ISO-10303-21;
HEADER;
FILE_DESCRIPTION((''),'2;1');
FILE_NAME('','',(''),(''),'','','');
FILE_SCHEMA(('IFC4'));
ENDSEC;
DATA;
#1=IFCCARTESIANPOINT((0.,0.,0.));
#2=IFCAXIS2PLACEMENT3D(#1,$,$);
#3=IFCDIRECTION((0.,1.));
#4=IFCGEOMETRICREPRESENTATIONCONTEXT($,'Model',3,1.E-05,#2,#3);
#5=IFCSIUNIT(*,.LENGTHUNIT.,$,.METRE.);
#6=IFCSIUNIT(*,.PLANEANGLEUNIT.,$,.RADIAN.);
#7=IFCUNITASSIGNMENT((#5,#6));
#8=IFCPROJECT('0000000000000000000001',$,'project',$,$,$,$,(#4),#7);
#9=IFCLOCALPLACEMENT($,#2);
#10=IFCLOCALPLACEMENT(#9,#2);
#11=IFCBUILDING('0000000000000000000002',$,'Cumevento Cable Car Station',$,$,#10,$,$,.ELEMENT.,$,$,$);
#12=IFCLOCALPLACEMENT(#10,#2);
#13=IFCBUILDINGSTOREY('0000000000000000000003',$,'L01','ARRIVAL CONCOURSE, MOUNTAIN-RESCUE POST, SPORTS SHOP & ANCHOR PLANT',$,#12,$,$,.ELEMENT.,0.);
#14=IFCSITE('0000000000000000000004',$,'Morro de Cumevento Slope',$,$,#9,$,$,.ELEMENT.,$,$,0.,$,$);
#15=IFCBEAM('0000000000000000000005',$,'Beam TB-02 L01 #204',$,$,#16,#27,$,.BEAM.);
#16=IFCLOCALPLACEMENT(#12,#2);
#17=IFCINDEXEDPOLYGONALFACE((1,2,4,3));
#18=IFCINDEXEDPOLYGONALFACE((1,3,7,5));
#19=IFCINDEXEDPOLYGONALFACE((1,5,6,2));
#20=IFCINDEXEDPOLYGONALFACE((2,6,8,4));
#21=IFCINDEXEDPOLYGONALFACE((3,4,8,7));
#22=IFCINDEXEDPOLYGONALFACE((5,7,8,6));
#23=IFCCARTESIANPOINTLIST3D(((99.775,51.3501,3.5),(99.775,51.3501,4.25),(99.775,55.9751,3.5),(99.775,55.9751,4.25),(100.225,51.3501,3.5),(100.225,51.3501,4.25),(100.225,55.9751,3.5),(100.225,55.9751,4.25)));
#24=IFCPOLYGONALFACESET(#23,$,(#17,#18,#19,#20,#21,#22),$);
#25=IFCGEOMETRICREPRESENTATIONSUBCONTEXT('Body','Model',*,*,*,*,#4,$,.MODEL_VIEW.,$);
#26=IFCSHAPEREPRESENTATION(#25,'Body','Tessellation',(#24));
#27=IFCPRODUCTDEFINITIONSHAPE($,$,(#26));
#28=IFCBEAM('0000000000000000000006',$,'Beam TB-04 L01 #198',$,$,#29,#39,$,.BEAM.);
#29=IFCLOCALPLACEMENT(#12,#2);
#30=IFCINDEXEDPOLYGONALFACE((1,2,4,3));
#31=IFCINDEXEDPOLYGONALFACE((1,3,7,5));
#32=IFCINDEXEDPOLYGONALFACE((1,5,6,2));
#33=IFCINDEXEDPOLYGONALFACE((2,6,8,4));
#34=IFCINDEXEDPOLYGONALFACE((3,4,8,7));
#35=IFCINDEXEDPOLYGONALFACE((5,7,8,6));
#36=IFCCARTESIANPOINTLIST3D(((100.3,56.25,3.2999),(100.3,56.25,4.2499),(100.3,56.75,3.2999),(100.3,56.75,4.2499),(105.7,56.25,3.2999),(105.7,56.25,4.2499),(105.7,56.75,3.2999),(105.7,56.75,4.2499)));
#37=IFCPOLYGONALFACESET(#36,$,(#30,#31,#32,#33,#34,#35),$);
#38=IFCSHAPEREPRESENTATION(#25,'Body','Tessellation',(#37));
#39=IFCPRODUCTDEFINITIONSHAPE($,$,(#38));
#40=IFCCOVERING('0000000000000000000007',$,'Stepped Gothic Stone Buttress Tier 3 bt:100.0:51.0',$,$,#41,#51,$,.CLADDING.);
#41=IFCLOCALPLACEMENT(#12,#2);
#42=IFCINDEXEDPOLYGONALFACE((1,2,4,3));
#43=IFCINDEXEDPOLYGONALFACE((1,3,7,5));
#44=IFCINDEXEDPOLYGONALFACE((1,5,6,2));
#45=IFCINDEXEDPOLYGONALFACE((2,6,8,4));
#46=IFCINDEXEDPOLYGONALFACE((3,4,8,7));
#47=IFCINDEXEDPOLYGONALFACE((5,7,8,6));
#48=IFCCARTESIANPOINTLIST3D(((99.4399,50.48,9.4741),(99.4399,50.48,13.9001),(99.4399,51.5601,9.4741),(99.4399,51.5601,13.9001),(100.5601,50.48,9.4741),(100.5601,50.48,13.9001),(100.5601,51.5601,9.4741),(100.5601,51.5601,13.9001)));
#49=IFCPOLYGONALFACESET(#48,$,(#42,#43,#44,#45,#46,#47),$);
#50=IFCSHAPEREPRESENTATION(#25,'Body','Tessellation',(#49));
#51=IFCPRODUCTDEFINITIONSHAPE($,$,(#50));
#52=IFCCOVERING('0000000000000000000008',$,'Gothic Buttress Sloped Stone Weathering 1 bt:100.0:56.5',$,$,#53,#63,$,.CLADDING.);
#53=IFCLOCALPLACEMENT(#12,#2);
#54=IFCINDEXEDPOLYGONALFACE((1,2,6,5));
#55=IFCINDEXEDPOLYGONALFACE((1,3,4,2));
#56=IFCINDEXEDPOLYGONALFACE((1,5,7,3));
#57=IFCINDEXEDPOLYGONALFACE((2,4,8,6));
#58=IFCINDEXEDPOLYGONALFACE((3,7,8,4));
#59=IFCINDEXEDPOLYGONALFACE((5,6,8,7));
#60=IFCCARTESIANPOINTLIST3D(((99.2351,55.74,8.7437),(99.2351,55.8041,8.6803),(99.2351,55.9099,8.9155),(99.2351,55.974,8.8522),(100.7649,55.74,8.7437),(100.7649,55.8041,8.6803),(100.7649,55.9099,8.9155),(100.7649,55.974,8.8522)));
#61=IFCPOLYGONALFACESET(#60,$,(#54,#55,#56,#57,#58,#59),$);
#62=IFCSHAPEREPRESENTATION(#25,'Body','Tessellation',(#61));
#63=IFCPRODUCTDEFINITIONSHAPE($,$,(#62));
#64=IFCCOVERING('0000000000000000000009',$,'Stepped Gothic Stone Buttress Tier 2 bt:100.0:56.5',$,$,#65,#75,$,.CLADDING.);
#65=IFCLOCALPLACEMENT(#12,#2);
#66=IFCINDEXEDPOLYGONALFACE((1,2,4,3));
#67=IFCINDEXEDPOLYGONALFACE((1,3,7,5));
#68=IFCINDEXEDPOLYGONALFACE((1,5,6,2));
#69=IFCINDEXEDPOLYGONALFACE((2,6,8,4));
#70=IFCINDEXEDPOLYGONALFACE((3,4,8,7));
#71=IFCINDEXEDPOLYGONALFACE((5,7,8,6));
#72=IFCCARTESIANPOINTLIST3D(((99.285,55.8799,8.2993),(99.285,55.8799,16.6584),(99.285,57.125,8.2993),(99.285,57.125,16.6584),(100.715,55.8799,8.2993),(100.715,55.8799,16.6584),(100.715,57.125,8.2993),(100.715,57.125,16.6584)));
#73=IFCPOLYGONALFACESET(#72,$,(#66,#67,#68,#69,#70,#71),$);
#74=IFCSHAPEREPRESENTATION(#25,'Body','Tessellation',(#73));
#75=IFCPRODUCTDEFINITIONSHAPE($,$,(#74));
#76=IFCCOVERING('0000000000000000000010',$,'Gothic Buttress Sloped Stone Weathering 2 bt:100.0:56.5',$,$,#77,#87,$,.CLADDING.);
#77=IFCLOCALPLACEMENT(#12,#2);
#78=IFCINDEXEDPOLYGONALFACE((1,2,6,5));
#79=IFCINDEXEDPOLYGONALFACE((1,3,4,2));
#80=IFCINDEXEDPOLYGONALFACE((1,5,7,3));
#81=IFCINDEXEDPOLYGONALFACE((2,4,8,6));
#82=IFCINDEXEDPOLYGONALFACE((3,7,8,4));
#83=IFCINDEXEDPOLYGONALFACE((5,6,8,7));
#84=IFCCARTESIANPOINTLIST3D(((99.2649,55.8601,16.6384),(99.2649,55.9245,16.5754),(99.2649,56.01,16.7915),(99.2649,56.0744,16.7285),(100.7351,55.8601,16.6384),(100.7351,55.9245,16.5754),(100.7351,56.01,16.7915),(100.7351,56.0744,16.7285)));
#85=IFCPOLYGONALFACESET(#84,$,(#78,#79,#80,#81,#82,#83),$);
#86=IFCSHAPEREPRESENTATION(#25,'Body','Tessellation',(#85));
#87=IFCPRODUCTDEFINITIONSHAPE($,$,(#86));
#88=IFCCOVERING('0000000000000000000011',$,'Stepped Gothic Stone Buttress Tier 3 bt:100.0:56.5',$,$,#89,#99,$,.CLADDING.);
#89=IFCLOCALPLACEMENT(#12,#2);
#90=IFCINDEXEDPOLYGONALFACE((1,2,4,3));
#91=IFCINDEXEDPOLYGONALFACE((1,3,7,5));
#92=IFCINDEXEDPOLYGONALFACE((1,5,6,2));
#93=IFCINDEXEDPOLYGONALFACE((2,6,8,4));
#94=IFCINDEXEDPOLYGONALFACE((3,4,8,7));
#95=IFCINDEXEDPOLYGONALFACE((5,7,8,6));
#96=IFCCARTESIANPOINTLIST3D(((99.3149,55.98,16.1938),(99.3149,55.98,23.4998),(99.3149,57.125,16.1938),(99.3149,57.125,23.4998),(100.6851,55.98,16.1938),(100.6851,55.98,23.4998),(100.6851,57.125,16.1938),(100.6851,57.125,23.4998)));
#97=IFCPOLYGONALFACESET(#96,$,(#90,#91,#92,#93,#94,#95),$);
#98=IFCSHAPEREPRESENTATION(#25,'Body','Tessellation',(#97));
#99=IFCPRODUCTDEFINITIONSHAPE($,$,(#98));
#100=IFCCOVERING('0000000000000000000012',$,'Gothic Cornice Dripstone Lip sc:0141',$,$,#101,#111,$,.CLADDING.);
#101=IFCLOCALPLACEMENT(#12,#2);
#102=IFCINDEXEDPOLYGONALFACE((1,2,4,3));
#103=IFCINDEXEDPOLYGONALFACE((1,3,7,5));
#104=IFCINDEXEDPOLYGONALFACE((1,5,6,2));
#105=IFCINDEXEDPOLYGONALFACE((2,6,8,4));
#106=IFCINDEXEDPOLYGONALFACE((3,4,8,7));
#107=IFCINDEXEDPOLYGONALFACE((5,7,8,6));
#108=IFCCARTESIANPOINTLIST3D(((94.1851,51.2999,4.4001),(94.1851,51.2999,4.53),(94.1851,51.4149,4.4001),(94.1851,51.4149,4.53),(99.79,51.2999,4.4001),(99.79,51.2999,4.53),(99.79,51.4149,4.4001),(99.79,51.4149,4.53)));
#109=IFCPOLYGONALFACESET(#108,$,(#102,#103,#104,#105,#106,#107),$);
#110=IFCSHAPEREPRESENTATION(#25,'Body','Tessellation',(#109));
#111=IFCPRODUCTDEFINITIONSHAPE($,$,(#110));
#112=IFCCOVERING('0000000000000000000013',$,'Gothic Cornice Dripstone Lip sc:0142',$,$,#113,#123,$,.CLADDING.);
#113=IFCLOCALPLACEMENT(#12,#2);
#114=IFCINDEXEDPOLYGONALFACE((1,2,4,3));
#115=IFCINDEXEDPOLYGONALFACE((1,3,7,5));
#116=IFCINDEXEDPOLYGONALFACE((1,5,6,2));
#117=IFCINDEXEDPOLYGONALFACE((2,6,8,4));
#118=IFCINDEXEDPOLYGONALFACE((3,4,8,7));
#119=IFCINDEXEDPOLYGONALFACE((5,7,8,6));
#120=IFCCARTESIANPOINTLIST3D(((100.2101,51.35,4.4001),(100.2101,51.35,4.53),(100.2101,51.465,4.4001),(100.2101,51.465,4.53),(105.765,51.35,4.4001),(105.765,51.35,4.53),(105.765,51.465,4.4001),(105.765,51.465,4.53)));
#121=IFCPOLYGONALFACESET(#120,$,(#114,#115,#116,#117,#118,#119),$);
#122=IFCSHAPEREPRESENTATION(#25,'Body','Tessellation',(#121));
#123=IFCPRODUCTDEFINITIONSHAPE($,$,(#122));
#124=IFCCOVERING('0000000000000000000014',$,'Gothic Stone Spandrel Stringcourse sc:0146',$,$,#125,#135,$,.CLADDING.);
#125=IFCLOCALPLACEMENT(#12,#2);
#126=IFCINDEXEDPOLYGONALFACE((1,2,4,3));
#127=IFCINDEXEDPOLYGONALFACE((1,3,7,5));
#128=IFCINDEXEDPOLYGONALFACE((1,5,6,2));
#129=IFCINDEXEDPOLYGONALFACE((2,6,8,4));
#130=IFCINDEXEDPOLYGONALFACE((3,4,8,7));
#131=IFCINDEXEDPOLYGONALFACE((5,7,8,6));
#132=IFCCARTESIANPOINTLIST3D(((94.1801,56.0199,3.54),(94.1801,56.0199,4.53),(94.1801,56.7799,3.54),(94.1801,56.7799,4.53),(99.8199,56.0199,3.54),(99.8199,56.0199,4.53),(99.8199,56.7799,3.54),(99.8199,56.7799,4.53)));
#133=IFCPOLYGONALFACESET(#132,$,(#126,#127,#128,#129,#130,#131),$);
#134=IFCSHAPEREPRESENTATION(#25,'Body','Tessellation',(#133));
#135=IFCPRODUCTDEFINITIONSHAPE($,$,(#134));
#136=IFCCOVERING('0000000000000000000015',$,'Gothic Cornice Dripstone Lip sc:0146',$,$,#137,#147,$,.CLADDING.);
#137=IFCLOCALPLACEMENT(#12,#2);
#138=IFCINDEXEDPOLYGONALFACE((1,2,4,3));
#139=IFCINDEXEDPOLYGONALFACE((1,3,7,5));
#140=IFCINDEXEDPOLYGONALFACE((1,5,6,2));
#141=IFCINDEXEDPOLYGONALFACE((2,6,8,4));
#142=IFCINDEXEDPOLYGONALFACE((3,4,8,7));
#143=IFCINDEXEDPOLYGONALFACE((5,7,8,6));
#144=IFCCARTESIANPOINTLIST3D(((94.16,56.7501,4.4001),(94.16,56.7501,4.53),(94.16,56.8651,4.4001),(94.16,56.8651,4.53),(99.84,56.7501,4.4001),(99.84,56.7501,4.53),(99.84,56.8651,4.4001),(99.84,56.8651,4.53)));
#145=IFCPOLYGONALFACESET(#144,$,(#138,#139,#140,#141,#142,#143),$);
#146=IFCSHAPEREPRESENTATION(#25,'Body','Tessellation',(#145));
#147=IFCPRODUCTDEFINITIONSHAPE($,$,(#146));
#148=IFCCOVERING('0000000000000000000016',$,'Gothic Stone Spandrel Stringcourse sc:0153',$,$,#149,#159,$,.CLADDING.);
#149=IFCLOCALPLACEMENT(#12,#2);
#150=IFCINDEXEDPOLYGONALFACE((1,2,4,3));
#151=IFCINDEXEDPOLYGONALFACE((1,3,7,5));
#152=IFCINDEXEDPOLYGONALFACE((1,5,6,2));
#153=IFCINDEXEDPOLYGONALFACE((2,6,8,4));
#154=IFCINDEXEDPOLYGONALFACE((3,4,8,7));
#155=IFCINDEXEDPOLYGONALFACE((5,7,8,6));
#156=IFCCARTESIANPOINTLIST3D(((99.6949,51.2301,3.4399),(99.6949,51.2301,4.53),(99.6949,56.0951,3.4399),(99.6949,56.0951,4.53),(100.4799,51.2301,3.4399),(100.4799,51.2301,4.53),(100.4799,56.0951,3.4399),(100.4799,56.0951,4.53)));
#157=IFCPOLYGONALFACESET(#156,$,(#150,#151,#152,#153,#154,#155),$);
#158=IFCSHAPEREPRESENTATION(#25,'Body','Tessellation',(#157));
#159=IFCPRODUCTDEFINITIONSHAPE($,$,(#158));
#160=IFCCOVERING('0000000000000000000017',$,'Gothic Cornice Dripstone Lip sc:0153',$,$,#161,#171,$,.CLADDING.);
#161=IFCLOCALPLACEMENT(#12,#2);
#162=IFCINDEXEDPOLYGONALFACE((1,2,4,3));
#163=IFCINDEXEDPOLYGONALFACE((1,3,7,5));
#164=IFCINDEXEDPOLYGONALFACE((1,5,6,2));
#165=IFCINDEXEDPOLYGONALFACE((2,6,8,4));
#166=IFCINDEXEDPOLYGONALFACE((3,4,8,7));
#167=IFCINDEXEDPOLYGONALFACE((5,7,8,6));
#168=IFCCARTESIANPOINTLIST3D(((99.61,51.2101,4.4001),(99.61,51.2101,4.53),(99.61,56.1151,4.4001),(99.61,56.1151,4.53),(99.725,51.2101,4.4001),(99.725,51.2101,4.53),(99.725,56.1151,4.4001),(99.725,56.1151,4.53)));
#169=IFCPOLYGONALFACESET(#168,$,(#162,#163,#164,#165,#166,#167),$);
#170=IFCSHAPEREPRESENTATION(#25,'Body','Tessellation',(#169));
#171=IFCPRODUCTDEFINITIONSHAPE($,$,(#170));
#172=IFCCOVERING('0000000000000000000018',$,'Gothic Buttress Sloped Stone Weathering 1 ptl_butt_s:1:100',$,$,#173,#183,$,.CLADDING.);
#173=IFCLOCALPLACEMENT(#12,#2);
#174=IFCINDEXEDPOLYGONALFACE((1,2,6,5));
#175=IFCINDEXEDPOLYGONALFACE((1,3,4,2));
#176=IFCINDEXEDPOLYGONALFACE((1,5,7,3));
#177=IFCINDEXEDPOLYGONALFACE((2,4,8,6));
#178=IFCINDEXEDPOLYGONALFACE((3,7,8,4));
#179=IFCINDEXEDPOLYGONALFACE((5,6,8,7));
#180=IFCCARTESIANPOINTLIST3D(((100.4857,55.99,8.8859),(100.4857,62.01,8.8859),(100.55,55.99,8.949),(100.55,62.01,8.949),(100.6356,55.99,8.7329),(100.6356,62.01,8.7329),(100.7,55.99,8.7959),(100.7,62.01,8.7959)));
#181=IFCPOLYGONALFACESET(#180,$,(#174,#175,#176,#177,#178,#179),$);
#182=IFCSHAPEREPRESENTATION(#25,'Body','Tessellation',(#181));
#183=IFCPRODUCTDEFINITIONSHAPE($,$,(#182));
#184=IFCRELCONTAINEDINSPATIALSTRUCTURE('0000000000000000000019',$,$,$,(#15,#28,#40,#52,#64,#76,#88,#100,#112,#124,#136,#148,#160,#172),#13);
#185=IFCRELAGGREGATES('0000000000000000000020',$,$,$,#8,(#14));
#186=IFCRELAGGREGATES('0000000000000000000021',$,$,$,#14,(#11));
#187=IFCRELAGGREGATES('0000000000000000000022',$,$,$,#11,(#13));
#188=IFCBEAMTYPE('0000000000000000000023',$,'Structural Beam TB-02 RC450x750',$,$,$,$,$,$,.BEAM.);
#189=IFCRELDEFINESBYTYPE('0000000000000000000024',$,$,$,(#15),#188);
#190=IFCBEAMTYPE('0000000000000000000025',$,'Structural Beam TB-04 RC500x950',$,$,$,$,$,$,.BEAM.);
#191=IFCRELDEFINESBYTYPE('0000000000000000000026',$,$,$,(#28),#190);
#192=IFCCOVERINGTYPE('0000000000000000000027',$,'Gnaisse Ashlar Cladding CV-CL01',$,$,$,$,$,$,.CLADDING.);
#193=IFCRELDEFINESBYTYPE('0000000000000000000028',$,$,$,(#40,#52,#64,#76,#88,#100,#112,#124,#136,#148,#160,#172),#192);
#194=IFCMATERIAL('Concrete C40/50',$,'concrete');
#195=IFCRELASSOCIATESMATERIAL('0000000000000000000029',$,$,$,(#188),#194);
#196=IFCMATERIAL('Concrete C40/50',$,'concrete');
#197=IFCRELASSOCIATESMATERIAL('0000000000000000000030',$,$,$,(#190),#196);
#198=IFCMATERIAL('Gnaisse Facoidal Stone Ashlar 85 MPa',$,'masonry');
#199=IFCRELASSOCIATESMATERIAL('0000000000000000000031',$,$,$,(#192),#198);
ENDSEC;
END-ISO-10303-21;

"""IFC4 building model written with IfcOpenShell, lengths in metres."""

from ifc_helpers import new_model, si_unit, direction, frame, origin, origin_2d, place, context, subcontext, project, spatial, polyline, rectangle, outline, extrude, material, material_profile, profile_set, type_object, element, save


model = new_model("IFC4")

# Units and contexts
model_context = context("Model", 3, precision=1e-05, world=origin(), true_north=direction((0.0, 1.0)))
body_context = subcontext(model_context, "Body", "Model", "MODEL_VIEW")
ifc_project = project(units=[si_unit("LENGTHUNIT", "METRE"), si_unit("PLANEANGLEUNIT", "RADIAN")], contexts=[model_context])

# Site, building, storey
site_placement = place(None, origin())
site = spatial("IfcSite", under=ifc_project, at=site_placement, Name="Morro de Cumevento Slope", CompositionType="ELEMENT", RefElevation=0.0)
building_placement = place(site_placement, origin())
building = spatial("IfcBuilding", under=site, at=building_placement, Name="Cumevento Cable Car Station", CompositionType="ELEMENT")
storey_placement = place(building_placement, origin())
storey = spatial("IfcBuildingStorey", under=building, at=storey_placement, Name="L01", Description="ARRIVAL CONCOURSE, MOUNTAIN-RESCUE POST, SPORTS SHOP & ANCHOR PLANT", CompositionType="ELEMENT", Elevation=0.0)

# Beams
ifc_material_1 = material(Name="Concrete C40/50", Category="concrete")
ifc_material_profile_1 = material_profile(ifc_material_1, rectangle(XDim=0.45, YDim=0.75, at=origin_2d()), Name="RC450x750")
ifc_profile_set_1 = profile_set([ifc_material_profile_1], Name="Concrete C40/50")
beam_type_1 = type_object("IfcBeamType", Name="Structural Beam TB-02 RC450x750", PredefinedType="BEAM", material=ifc_profile_set_1)
beam_1_placement = place(storey_placement, frame((100.0, 51.3501, 3.875), z_axis=(0.0, 1.0, 0.0), x_axis=(-1.0, 0.0, 0.0)))
element("IfcBeam", 1, at=beam_1_placement, inside=storey, type_object=beam_type_1, Name="Beam TB-02 L01 #204", PredefinedType="BEAM", context=body_context, shape_type="SweptSolid", body=[
    extrude(rectangle(XDim=0.45, YDim=0.75, at=origin_2d()), origin(), (0.0, 0.0, 1.0), 4.625),
])
ifc_material_2 = material(Name="Concrete C40/50", Category="concrete")
ifc_material_profile_2 = material_profile(ifc_material_2, rectangle(XDim=0.5, YDim=0.95, at=origin_2d()), Name="RC500x950")
ifc_profile_set_2 = profile_set([ifc_material_profile_2], Name="Concrete C40/50")
beam_type_2 = type_object("IfcBeamType", Name="Structural Beam TB-04 RC500x950", PredefinedType="BEAM", material=ifc_profile_set_2)
beam_2_placement = place(storey_placement, frame((100.3, 56.5, 3.7749), z_axis=(1.0, 0.0, 0.0), x_axis=(0.0, 1.0, 0.0)))
element("IfcBeam", 2, at=beam_2_placement, inside=storey, type_object=beam_type_2, Name="Beam TB-04 L01 #198", PredefinedType="BEAM", context=body_context, shape_type="SweptSolid", body=[
    extrude(rectangle(XDim=0.5, YDim=0.95, at=origin_2d()), origin(), (0.0, 0.0, 1.0), 5.3999),
])

# Coverings
ifc_material_3 = material(Name="Gnaisse Facoidal Stone Ashlar 85 MPa", Category="masonry")
covering_type = type_object("IfcCoveringType", Name="Gnaisse Ashlar Cladding CV-CL01", PredefinedType="CLADDING", material=ifc_material_3)
covering_1_placement = place(storey_placement, frame((100.0, 51.02, 9.4741), z_axis=(0.0, 0.0, 1.0), x_axis=(1.0, 0.0, 0.0)))
element("IfcCovering", 3, at=covering_1_placement, inside=storey, type_object=covering_type, Name="Stepped Gothic Stone Buttress Tier 3 bt:100.0:51.0", PredefinedType="CLADDING", context=body_context, shape_type="SweptSolid", body=[
    extrude(rectangle(XDim=1.1201, YDim=1.0801, at=origin_2d()), origin(), (0.0, 0.0, 1.0), 4.426),
])
covering_2_placement = place(storey_placement, frame((99.2351, 55.74, 8.7437), z_axis=(0.0, -0.711136, 0.703055), x_axis=(1.0, 0.0, 0.0)))
element("IfcCovering", 4, at=covering_2_placement, inside=storey, type_object=covering_type, Name="Gothic Buttress Sloped Stone Weathering 1 bt:100.0:56.5", PredefinedType="CLADDING", context=body_context, shape_type="SweptSolid", body=[
    extrude(outline(polyline([(0.0, 0.0), (1.5298, 0.0), (1.5298, 0.2417), (0.0, 0.2417), (0.0, 0.0)])), origin(), (0.0, 0.0, -1.0), 0.0901),
])
covering_3_placement = place(storey_placement, frame((100.0, 56.5024, 8.2993), z_axis=(0.0, 0.0, 1.0), x_axis=(1.0, 0.0, 0.0)))
element("IfcCovering", 5, at=covering_3_placement, inside=storey, type_object=covering_type, Name="Stepped Gothic Stone Buttress Tier 2 bt:100.0:56.5", PredefinedType="CLADDING", context=body_context, shape_type="SweptSolid", body=[
    extrude(rectangle(XDim=1.4299, YDim=1.2451, at=origin_2d()), origin(), (0.0, 0.0, 1.0), 8.3591),
])
covering_4_placement = place(storey_placement, frame((99.2649, 55.8601, 16.6384), z_axis=(0.0, -0.714475, 0.699661), x_axis=(1.0, 0.0, 0.0)))
element("IfcCovering", 6, at=covering_4_placement, inside=storey, type_object=covering_type, Name="Gothic Buttress Sloped Stone Weathering 2 bt:100.0:56.5", PredefinedType="CLADDING", context=body_context, shape_type="SweptSolid", body=[
    extrude(outline(polyline([(0.0, 0.0), (1.4702, 0.0), (1.4702, 0.2142), (0.0, 0.2142), (0.0, 0.0)])), origin(), (0.0, 0.0, -1.0), 0.0901),
])
covering_5_placement = place(storey_placement, frame((100.0, 56.5525, 16.1938), z_axis=(0.0, 0.0, 1.0), x_axis=(1.0, 0.0, 0.0)))
element("IfcCovering", 7, at=covering_5_placement, inside=storey, type_object=covering_type, Name="Stepped Gothic Stone Buttress Tier 3 bt:100.0:56.5", PredefinedType="CLADDING", context=body_context, shape_type="SweptSolid", body=[
    extrude(rectangle(XDim=1.3701, YDim=1.145, at=origin_2d()), origin(), (0.0, 0.0, 1.0), 7.3059),
])
covering_6_placement = place(storey_placement, frame((96.9875, 51.3574, 4.4001), z_axis=(0.0, 0.0, 1.0), x_axis=(1.0, 0.0, 0.0)))
element("IfcCovering", 8, at=covering_6_placement, inside=storey, type_object=covering_type, Name="Gothic Cornice Dripstone Lip sc:0141", PredefinedType="CLADDING", context=body_context, shape_type="SweptSolid", body=[
    extrude(rectangle(XDim=5.605, YDim=0.115, at=origin_2d()), origin(), (0.0, 0.0, 1.0), 0.1299),
])
covering_7_placement = place(storey_placement, frame((102.9875, 51.4075, 4.4001), z_axis=(0.0, 0.0, 1.0), x_axis=(1.0, 0.0, 0.0)))
element("IfcCovering", 9, at=covering_7_placement, inside=storey, type_object=covering_type, Name="Gothic Cornice Dripstone Lip sc:0142", PredefinedType="CLADDING", context=body_context, shape_type="SweptSolid", body=[
    extrude(rectangle(XDim=5.5549, YDim=0.115, at=origin_2d()), origin(), (0.0, 0.0, 1.0), 0.1299),
])
covering_8_placement = place(storey_placement, frame((97.0, 56.3999, 3.54), z_axis=(0.0, 0.0, 1.0), x_axis=(1.0, 0.0, 0.0)))
element("IfcCovering", 10, at=covering_8_placement, inside=storey, type_object=covering_type, Name="Gothic Stone Spandrel Stringcourse sc:0146", PredefinedType="CLADDING", context=body_context, shape_type="SweptSolid", body=[
    extrude(rectangle(XDim=5.6399, YDim=0.76, at=origin_2d()), origin(), (0.0, 0.0, 1.0), 0.99),
])
covering_9_placement = place(storey_placement, frame((97.0, 56.8076, 4.4001), z_axis=(0.0, 0.0, 1.0), x_axis=(1.0, 0.0, 0.0)))
element("IfcCovering", 11, at=covering_9_placement, inside=storey, type_object=covering_type, Name="Gothic Cornice Dripstone Lip sc:0146", PredefinedType="CLADDING", context=body_context, shape_type="SweptSolid", body=[
    extrude(rectangle(XDim=5.6799, YDim=0.115, at=origin_2d()), origin(), (0.0, 0.0, 1.0), 0.1299),
])
covering_10_placement = place(storey_placement, frame((100.0874, 53.6626, 3.4399), z_axis=(0.0, 0.0, 1.0), x_axis=(0.0, 1.0, 0.0)))
element("IfcCovering", 12, at=covering_10_placement, inside=storey, type_object=covering_type, Name="Gothic Stone Spandrel Stringcourse sc:0153", PredefinedType="CLADDING", context=body_context, shape_type="SweptSolid", body=[
    extrude(rectangle(XDim=4.865, YDim=0.7849, at=origin_2d()), origin(), (0.0, 0.0, 1.0), 1.0901),
])
covering_11_placement = place(storey_placement, frame((99.6675, 53.6626, 4.4001), z_axis=(0.0, 0.0, 1.0), x_axis=(0.0, 1.0, 0.0)))
element("IfcCovering", 13, at=covering_11_placement, inside=storey, type_object=covering_type, Name="Gothic Cornice Dripstone Lip sc:0153", PredefinedType="CLADDING", context=body_context, shape_type="SweptSolid", body=[
    extrude(rectangle(XDim=4.905, YDim=0.115, at=origin_2d()), origin(), (0.0, 0.0, 1.0), 0.1299),
])
covering_12_placement = place(storey_placement, frame((100.7, 55.99, 8.7959), z_axis=(0.714475, 0.0, 0.699661), x_axis=(0.0, 1.0, 0.0)))
element("IfcCovering", 14, at=covering_12_placement, inside=storey, type_object=covering_type, Name="Gothic Buttress Sloped Stone Weathering 1 ptl_butt_s:1:100", PredefinedType="CLADDING", context=body_context, shape_type="SweptSolid", body=[
    extrude(outline(polyline([(0.0, 0.0), (6.02, 0.0), (6.02, 0.2142), (0.0, 0.2142), (0.0, 0.0)])), origin(), (0.0, 0.0, -1.0), 0.0901),
])

save(model, "model.ifc")
